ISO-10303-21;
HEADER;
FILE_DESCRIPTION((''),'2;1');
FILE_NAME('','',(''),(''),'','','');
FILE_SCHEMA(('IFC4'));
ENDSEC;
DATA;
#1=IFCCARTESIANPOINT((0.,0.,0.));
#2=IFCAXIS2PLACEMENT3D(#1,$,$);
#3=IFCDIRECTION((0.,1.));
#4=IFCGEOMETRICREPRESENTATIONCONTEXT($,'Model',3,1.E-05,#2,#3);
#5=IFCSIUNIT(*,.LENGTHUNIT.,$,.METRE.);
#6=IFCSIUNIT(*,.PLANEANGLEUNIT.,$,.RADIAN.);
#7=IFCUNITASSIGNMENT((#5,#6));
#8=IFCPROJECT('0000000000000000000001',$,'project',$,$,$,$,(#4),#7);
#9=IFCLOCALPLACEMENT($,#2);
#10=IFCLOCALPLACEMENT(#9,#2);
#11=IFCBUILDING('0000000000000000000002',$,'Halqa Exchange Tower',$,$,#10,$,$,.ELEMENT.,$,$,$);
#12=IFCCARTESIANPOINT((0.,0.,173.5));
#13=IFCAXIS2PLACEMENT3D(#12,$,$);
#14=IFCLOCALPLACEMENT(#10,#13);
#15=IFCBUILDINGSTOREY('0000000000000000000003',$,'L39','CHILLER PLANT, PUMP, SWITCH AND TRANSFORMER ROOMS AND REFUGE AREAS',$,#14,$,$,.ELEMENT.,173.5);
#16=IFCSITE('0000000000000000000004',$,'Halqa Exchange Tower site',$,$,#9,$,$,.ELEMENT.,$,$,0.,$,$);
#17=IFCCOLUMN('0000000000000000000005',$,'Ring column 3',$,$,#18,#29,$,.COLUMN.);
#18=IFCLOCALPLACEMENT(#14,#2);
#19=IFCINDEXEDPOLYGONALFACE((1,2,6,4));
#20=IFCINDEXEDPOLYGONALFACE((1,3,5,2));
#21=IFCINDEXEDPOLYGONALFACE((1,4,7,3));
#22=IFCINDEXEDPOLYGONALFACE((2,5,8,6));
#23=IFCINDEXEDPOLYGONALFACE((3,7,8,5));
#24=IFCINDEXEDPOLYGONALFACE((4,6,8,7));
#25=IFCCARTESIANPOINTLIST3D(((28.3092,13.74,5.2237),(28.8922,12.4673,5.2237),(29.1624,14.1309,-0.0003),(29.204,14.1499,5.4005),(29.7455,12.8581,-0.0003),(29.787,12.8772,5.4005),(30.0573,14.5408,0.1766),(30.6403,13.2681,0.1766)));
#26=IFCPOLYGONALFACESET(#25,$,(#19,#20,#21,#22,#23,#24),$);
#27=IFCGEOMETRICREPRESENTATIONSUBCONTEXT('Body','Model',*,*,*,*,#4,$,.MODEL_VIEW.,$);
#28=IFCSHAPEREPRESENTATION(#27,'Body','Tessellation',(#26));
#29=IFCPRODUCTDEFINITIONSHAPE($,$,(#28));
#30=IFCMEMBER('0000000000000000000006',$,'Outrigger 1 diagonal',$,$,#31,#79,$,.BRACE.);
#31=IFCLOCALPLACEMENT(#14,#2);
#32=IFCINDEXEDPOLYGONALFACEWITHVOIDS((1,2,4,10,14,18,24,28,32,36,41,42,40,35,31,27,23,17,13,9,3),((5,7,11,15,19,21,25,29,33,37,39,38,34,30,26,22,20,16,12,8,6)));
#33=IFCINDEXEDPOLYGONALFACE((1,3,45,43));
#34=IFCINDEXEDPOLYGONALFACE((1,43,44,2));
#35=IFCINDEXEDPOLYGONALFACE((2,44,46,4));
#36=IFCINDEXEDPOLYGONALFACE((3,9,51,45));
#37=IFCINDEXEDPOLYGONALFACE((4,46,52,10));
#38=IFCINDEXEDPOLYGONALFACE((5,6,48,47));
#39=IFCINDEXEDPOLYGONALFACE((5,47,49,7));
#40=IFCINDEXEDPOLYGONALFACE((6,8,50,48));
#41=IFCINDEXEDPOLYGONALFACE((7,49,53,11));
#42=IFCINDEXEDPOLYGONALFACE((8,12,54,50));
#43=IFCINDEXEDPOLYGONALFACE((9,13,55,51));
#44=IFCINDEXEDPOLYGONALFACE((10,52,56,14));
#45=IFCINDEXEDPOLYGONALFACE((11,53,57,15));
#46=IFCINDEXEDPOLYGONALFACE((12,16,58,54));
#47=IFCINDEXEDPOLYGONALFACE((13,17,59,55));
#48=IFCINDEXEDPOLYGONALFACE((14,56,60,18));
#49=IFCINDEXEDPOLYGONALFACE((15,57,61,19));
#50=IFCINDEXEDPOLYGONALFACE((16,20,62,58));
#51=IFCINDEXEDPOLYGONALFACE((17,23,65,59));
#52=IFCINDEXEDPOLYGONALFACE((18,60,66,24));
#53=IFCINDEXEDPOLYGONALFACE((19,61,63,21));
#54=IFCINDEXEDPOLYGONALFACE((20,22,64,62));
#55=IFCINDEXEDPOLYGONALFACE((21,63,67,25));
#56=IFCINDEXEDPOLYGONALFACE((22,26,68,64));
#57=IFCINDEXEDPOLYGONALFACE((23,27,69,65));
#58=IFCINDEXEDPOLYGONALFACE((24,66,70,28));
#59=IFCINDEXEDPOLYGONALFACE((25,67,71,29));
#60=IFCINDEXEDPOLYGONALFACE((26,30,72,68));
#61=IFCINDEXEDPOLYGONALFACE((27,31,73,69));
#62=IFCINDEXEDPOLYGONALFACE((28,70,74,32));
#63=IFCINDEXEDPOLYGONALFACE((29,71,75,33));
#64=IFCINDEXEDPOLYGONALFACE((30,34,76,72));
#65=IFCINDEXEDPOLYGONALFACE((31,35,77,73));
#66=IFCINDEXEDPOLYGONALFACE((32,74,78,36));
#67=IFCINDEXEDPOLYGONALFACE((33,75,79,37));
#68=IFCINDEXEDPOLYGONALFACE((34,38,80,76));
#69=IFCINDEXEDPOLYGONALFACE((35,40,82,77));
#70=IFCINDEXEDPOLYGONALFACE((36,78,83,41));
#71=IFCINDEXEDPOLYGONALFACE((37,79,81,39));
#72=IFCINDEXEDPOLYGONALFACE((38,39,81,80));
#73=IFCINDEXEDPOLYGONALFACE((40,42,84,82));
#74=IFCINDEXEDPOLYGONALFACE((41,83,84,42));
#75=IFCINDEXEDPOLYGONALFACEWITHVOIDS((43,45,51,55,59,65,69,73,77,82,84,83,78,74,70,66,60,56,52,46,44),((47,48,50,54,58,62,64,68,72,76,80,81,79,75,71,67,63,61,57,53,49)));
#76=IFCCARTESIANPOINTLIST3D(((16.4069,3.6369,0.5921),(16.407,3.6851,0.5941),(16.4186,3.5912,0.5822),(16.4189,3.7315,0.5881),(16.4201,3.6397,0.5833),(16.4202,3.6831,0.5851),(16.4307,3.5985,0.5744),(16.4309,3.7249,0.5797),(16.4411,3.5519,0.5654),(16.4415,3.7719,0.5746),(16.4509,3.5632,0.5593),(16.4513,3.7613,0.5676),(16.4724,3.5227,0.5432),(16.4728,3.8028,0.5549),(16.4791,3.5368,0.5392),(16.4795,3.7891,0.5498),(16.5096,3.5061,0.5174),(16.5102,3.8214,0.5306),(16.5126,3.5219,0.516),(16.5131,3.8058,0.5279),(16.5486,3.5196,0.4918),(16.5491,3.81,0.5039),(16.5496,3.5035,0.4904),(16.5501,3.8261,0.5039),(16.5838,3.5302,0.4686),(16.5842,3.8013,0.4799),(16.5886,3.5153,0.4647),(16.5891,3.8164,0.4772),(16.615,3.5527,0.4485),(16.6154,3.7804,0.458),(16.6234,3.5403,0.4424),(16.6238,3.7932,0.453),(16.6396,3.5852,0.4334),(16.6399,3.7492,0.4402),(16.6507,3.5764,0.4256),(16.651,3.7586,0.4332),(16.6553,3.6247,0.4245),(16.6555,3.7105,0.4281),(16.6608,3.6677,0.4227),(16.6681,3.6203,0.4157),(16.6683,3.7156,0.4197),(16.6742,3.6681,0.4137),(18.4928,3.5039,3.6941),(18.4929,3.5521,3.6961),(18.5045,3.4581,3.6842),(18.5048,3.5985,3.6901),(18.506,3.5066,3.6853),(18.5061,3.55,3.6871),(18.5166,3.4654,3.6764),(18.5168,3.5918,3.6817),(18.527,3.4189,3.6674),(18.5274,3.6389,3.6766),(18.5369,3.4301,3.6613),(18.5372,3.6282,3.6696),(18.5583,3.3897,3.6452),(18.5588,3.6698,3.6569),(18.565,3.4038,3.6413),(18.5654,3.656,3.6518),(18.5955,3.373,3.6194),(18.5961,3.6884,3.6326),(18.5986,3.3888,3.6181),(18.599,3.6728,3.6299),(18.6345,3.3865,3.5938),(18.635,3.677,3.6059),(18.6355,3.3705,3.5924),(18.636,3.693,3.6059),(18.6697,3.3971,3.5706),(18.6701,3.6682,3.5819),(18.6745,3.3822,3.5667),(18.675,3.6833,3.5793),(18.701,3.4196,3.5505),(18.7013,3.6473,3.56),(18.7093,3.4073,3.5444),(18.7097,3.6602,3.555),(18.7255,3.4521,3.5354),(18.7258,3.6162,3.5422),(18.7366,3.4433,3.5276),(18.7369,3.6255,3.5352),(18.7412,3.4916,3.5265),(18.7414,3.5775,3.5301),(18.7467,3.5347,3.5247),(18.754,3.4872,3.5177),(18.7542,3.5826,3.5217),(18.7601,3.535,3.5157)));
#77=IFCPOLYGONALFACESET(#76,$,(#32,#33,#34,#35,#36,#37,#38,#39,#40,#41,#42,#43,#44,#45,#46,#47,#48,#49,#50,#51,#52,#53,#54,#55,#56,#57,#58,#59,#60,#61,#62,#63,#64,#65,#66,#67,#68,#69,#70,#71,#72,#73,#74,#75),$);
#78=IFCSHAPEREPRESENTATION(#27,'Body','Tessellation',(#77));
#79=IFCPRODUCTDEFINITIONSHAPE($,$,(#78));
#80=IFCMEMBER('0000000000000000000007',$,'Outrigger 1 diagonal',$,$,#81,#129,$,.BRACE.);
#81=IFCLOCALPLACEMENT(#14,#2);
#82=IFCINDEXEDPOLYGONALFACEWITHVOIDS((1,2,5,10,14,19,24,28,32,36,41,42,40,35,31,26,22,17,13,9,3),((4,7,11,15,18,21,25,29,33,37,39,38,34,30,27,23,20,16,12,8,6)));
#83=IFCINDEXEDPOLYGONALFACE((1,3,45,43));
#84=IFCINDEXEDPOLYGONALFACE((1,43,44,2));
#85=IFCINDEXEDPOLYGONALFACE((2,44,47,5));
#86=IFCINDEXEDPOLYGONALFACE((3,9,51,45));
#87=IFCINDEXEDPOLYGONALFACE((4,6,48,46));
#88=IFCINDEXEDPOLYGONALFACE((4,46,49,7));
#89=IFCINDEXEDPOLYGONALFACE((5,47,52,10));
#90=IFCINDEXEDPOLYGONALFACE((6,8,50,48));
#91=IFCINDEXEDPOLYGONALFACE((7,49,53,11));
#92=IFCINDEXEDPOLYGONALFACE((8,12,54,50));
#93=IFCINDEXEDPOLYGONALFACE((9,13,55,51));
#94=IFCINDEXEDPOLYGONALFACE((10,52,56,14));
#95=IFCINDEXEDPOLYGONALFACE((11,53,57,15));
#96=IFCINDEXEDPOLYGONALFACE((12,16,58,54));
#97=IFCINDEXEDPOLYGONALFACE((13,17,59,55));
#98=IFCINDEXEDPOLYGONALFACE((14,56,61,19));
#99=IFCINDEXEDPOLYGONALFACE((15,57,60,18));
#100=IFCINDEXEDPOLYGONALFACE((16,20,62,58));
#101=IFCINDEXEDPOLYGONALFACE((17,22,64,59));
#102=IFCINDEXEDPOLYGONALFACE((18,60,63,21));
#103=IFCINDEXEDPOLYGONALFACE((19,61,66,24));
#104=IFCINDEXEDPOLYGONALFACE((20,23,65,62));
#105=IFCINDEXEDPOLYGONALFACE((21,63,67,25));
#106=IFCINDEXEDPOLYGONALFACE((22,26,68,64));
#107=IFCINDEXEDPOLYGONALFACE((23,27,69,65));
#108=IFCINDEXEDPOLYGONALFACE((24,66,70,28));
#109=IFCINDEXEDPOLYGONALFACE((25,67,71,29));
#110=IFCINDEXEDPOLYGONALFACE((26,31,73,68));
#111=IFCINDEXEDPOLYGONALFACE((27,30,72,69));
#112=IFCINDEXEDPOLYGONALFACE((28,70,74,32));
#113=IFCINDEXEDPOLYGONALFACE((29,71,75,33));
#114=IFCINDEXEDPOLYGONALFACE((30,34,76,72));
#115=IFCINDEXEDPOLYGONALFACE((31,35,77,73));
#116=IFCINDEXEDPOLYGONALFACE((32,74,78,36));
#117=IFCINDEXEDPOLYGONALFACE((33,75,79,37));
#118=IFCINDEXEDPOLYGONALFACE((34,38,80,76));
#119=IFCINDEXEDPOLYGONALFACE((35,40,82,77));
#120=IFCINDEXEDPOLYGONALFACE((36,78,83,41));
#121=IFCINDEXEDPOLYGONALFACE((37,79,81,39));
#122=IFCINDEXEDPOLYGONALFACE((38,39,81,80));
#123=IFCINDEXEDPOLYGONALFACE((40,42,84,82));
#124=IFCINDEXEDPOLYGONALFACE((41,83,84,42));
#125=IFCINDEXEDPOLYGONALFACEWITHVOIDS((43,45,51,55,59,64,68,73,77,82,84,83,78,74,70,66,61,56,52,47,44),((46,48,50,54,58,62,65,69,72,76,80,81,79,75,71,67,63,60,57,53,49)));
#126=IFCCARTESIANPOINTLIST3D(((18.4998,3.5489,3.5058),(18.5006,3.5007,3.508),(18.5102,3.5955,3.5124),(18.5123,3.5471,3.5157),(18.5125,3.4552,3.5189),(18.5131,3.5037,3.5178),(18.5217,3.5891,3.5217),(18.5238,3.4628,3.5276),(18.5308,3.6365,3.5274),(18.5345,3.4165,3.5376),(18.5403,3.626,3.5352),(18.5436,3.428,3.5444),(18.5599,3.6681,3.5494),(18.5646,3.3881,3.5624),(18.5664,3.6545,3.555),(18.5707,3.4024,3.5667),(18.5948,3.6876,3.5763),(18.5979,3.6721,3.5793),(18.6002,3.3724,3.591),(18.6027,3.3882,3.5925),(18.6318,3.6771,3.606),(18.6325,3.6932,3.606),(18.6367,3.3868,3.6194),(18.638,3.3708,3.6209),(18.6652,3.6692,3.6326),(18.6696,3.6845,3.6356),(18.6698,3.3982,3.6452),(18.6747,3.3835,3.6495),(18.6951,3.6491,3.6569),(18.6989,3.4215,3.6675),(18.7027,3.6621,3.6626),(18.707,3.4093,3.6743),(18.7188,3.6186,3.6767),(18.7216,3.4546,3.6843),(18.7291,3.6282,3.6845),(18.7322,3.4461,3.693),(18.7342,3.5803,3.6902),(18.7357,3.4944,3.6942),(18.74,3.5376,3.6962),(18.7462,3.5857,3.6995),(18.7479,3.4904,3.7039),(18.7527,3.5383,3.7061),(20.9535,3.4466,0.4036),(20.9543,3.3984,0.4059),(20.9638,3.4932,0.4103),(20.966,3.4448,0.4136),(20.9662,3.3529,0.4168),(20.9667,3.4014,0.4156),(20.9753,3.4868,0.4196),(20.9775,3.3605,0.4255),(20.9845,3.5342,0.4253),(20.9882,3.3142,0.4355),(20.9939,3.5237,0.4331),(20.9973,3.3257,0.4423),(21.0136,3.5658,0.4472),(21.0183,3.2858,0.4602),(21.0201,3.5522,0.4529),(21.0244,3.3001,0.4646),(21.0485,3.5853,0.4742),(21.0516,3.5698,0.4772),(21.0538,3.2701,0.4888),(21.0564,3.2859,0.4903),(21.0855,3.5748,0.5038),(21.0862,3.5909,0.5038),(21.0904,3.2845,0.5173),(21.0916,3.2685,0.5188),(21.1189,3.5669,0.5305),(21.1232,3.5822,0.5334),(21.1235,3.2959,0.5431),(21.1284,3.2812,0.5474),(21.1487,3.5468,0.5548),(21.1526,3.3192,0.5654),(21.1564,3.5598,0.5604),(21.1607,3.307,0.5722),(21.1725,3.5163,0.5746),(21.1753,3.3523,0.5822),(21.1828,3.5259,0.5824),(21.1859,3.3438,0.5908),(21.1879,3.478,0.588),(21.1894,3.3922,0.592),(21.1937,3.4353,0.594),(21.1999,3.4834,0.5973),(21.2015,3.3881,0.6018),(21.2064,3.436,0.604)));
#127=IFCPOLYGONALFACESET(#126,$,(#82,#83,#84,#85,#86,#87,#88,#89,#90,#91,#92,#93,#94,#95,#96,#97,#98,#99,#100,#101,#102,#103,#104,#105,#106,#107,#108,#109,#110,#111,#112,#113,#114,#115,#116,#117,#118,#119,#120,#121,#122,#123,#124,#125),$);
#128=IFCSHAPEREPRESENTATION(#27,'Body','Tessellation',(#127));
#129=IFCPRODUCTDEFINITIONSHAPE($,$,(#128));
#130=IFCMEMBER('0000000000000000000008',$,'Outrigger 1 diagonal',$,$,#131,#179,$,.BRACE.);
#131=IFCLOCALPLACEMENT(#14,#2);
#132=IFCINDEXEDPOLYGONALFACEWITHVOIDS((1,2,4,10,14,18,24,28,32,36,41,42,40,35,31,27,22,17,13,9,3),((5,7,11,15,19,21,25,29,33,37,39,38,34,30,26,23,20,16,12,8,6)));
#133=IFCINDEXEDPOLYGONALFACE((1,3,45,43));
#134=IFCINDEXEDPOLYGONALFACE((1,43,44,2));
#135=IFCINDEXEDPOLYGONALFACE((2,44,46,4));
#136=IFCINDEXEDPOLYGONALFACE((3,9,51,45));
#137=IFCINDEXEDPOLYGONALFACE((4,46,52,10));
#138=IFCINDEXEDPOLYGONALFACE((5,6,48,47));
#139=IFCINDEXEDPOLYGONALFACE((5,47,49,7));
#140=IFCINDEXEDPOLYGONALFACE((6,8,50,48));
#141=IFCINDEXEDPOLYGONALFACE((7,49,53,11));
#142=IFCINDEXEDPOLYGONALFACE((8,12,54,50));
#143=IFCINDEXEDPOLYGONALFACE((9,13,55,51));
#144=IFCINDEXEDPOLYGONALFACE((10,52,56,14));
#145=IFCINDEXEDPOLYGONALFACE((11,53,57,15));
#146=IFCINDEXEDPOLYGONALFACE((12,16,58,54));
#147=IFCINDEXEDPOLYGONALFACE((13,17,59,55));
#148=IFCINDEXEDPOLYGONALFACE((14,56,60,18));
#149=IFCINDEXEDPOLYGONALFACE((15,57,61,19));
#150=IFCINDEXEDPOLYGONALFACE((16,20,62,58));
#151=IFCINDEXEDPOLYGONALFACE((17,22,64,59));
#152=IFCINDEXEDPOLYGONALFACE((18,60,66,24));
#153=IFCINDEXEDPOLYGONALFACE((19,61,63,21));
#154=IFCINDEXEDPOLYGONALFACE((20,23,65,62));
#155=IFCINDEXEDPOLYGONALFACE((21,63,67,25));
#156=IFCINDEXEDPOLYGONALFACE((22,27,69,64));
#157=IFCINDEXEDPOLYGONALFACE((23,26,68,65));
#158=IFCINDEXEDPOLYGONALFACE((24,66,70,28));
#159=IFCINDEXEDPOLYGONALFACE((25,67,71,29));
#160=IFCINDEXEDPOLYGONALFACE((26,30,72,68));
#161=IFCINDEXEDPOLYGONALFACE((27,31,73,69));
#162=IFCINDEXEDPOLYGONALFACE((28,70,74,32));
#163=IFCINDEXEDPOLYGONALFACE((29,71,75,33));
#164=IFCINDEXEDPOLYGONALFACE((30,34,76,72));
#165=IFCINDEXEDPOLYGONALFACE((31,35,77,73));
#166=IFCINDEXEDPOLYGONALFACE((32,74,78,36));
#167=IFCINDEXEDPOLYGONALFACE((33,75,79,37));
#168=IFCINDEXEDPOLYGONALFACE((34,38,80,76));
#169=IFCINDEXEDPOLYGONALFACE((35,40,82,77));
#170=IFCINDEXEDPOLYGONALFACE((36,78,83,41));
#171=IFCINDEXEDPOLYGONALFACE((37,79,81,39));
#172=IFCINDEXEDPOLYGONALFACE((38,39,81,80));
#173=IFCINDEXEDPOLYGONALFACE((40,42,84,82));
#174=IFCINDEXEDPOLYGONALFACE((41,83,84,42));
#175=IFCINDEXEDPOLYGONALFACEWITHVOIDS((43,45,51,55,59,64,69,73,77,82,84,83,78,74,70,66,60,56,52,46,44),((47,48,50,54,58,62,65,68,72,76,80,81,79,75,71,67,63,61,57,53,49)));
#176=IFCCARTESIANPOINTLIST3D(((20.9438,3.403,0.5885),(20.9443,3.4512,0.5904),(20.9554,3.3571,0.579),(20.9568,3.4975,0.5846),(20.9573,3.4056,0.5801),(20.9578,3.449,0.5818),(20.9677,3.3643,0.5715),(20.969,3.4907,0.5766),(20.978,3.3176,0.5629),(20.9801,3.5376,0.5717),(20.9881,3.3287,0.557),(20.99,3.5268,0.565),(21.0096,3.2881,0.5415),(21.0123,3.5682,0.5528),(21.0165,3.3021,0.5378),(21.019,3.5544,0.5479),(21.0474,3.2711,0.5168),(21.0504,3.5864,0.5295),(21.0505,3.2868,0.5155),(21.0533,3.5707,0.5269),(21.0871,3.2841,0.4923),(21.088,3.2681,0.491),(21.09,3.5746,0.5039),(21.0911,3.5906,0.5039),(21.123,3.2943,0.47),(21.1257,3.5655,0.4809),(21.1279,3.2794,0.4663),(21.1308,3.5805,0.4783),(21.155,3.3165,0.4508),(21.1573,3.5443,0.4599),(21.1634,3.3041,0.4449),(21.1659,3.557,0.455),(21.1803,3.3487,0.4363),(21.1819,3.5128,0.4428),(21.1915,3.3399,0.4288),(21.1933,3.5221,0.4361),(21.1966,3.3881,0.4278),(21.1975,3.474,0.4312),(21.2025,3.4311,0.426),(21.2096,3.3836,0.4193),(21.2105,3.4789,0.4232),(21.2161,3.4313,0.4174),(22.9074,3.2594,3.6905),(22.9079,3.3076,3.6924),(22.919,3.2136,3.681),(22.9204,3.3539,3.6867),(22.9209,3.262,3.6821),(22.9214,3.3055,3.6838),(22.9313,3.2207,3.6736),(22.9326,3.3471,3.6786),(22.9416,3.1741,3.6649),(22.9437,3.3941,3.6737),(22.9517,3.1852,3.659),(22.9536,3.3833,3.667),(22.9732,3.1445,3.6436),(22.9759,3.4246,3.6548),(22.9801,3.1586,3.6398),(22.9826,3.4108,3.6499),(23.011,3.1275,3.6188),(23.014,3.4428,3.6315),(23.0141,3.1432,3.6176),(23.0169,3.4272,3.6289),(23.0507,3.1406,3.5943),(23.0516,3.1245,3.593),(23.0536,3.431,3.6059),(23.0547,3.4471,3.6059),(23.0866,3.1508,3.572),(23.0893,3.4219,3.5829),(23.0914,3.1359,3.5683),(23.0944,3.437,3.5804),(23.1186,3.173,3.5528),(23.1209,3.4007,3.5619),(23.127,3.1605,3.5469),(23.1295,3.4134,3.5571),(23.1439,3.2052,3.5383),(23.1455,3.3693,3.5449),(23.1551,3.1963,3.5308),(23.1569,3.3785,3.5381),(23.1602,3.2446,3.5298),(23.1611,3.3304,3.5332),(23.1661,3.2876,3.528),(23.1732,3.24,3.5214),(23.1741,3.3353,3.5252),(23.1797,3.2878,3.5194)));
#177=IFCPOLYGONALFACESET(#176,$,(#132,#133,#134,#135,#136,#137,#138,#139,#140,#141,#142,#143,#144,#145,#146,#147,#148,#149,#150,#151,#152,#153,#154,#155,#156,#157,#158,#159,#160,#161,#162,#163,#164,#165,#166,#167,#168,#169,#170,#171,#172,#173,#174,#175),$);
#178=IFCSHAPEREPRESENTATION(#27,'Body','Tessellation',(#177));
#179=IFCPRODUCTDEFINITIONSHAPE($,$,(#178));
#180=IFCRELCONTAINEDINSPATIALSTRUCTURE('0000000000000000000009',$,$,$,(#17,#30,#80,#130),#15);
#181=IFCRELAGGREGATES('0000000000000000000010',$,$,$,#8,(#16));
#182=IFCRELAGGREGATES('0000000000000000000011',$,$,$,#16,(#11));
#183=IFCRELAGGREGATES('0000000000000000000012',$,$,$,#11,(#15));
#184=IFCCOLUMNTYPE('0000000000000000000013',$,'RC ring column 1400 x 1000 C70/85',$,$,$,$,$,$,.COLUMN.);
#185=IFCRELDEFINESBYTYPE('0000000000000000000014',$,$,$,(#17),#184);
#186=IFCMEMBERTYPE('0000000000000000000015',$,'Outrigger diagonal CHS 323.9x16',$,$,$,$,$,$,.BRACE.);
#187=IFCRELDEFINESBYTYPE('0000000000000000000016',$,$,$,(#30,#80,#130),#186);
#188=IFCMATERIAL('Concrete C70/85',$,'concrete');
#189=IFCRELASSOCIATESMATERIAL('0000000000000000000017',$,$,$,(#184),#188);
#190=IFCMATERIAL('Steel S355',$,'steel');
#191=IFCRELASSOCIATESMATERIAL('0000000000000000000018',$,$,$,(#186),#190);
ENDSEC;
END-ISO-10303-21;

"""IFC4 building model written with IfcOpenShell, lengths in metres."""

from ifc_helpers import new_model, si_unit, direction, frame, origin, origin_2d, place, context, subcontext, project, spatial, rectangle, hollow_circle, extrude, material, material_profile, profile_set, type_object, element, save


model = new_model("IFC4")

# Units and contexts
model_context = context("Model", 3, precision=1e-05, world=origin(), true_north=direction((0.0, 1.0)))
body_context = subcontext(model_context, "Body", "Model", "MODEL_VIEW")
ifc_project = project(units=[si_unit("LENGTHUNIT", "METRE"), si_unit("PLANEANGLEUNIT", "RADIAN")], contexts=[model_context])

# Site, building, storey
site_placement = place(None, origin())
site = spatial("IfcSite", under=ifc_project, at=site_placement, Name="Halqa Exchange Tower site", CompositionType="ELEMENT", RefElevation=0.0)
building_placement = place(site_placement, origin())
building = spatial("IfcBuilding", under=site, at=building_placement, Name="Halqa Exchange Tower", CompositionType="ELEMENT")
storey_placement = place(building_placement, frame((0.0, 0.0, 173.5)))
storey = spatial("IfcBuildingStorey", under=building, at=storey_placement, Name="L39", Description="CHILLER PLANT, PUMP, SWITCH AND TRANSFORMER ROOMS AND REFUGE AREAS", CompositionType="ELEMENT", Elevation=173.5)

# Column
ifc_material_1 = material(Name="Concrete C70/85", Category="concrete")
ifc_material_profile_1 = material_profile(ifc_material_1, rectangle(XDim=1.3999, YDim=1.0, at=origin_2d()), Name="1400 x 1000")
ifc_profile_set_1 = profile_set([ifc_material_profile_1], Name="Concrete C70/85")
column_type = type_object("IfcColumnType", Name="RC ring column 1400 x 1000 C70/85", PredefinedType="COLUMN", material=ifc_profile_set_1)
column_placement = place(storey_placement, frame((29.9014, 13.6995, 0.0881), z_axis=(-0.160767, -0.073644, 0.984241), x_axis=(0.416467, -0.909151, 0.0)))
element("IfcColumn", 1, at=column_placement, inside=storey, type_object=column_type, Name="Ring column 3", PredefinedType="COLUMN", context=body_context, shape_type="SweptSolid", body=[
    extrude(rectangle(XDim=1.3999, YDim=1.0, at=origin_2d()), origin(), (0.0, 0.0, 1.0), 5.3076),
])

# Members
ifc_material_2 = material(Name="Steel S355", Category="steel")
ifc_material_profile_2 = material_profile(ifc_material_2, hollow_circle(Radius=0.1619, WallThickness=0.0161, at=origin_2d()), Name="CHS 323.9x16")
ifc_profile_set_2 = profile_set([ifc_material_profile_2], Name="Steel S355")
member_type_1 = type_object("IfcMemberType", Name="Outrigger diagonal CHS 323.9x16", PredefinedType="BRACE", material=ifc_profile_set_2)
member_1_placement = place(storey_placement, frame((16.5398, 3.6646, 0.5039), z_axis=(0.557658, -0.035572, 0.829308), x_axis=(0.063658, 0.997972, 0.0)))
element("IfcMember", 2, at=member_1_placement, inside=storey, type_object=member_type_1, Name="Outrigger 1 diagonal", PredefinedType="BRACE", context=body_context, shape_type="SweptSolid", body=[
    extrude(hollow_circle(Radius=0.1619, WallThickness=0.0161, at=origin_2d()), origin(), (0.0, 0.0, 1.0), 3.7405),
])
member_2_placement = place(storey_placement, frame((18.6257, 3.5315, 3.606), z_axis=(0.620157, -0.025855, -0.784051), x_axis=(0.041655, 0.999132, 0.0)))
element("IfcMember", 3, at=member_2_placement, inside=storey, type_object=member_type_1, Name="Outrigger 1 diagonal", PredefinedType="BRACE", context=body_context, shape_type="SweptSolid", body=[
    extrude(hollow_circle(Radius=0.1619, WallThickness=0.0161, at=origin_2d()), origin(), (0.0, 0.0, 1.0), 3.9565),
])
member_3_placement = place(storey_placement, frame((21.0793, 3.4292, 0.5039), z_axis=(0.534447, -0.039072, 0.844298), x_axis=(0.072912, 0.997338, 0.0)))
element("IfcMember", 4, at=member_3_placement, inside=storey, type_object=member_type_1, Name="Outrigger 1 diagonal", PredefinedType="BRACE", context=body_context, shape_type="SweptSolid", body=[
    extrude(hollow_circle(Radius=0.1619, WallThickness=0.0161, at=origin_2d()), origin(), (0.0, 0.0, 1.0), 3.6741),
])

save(model, "model.ifc")
